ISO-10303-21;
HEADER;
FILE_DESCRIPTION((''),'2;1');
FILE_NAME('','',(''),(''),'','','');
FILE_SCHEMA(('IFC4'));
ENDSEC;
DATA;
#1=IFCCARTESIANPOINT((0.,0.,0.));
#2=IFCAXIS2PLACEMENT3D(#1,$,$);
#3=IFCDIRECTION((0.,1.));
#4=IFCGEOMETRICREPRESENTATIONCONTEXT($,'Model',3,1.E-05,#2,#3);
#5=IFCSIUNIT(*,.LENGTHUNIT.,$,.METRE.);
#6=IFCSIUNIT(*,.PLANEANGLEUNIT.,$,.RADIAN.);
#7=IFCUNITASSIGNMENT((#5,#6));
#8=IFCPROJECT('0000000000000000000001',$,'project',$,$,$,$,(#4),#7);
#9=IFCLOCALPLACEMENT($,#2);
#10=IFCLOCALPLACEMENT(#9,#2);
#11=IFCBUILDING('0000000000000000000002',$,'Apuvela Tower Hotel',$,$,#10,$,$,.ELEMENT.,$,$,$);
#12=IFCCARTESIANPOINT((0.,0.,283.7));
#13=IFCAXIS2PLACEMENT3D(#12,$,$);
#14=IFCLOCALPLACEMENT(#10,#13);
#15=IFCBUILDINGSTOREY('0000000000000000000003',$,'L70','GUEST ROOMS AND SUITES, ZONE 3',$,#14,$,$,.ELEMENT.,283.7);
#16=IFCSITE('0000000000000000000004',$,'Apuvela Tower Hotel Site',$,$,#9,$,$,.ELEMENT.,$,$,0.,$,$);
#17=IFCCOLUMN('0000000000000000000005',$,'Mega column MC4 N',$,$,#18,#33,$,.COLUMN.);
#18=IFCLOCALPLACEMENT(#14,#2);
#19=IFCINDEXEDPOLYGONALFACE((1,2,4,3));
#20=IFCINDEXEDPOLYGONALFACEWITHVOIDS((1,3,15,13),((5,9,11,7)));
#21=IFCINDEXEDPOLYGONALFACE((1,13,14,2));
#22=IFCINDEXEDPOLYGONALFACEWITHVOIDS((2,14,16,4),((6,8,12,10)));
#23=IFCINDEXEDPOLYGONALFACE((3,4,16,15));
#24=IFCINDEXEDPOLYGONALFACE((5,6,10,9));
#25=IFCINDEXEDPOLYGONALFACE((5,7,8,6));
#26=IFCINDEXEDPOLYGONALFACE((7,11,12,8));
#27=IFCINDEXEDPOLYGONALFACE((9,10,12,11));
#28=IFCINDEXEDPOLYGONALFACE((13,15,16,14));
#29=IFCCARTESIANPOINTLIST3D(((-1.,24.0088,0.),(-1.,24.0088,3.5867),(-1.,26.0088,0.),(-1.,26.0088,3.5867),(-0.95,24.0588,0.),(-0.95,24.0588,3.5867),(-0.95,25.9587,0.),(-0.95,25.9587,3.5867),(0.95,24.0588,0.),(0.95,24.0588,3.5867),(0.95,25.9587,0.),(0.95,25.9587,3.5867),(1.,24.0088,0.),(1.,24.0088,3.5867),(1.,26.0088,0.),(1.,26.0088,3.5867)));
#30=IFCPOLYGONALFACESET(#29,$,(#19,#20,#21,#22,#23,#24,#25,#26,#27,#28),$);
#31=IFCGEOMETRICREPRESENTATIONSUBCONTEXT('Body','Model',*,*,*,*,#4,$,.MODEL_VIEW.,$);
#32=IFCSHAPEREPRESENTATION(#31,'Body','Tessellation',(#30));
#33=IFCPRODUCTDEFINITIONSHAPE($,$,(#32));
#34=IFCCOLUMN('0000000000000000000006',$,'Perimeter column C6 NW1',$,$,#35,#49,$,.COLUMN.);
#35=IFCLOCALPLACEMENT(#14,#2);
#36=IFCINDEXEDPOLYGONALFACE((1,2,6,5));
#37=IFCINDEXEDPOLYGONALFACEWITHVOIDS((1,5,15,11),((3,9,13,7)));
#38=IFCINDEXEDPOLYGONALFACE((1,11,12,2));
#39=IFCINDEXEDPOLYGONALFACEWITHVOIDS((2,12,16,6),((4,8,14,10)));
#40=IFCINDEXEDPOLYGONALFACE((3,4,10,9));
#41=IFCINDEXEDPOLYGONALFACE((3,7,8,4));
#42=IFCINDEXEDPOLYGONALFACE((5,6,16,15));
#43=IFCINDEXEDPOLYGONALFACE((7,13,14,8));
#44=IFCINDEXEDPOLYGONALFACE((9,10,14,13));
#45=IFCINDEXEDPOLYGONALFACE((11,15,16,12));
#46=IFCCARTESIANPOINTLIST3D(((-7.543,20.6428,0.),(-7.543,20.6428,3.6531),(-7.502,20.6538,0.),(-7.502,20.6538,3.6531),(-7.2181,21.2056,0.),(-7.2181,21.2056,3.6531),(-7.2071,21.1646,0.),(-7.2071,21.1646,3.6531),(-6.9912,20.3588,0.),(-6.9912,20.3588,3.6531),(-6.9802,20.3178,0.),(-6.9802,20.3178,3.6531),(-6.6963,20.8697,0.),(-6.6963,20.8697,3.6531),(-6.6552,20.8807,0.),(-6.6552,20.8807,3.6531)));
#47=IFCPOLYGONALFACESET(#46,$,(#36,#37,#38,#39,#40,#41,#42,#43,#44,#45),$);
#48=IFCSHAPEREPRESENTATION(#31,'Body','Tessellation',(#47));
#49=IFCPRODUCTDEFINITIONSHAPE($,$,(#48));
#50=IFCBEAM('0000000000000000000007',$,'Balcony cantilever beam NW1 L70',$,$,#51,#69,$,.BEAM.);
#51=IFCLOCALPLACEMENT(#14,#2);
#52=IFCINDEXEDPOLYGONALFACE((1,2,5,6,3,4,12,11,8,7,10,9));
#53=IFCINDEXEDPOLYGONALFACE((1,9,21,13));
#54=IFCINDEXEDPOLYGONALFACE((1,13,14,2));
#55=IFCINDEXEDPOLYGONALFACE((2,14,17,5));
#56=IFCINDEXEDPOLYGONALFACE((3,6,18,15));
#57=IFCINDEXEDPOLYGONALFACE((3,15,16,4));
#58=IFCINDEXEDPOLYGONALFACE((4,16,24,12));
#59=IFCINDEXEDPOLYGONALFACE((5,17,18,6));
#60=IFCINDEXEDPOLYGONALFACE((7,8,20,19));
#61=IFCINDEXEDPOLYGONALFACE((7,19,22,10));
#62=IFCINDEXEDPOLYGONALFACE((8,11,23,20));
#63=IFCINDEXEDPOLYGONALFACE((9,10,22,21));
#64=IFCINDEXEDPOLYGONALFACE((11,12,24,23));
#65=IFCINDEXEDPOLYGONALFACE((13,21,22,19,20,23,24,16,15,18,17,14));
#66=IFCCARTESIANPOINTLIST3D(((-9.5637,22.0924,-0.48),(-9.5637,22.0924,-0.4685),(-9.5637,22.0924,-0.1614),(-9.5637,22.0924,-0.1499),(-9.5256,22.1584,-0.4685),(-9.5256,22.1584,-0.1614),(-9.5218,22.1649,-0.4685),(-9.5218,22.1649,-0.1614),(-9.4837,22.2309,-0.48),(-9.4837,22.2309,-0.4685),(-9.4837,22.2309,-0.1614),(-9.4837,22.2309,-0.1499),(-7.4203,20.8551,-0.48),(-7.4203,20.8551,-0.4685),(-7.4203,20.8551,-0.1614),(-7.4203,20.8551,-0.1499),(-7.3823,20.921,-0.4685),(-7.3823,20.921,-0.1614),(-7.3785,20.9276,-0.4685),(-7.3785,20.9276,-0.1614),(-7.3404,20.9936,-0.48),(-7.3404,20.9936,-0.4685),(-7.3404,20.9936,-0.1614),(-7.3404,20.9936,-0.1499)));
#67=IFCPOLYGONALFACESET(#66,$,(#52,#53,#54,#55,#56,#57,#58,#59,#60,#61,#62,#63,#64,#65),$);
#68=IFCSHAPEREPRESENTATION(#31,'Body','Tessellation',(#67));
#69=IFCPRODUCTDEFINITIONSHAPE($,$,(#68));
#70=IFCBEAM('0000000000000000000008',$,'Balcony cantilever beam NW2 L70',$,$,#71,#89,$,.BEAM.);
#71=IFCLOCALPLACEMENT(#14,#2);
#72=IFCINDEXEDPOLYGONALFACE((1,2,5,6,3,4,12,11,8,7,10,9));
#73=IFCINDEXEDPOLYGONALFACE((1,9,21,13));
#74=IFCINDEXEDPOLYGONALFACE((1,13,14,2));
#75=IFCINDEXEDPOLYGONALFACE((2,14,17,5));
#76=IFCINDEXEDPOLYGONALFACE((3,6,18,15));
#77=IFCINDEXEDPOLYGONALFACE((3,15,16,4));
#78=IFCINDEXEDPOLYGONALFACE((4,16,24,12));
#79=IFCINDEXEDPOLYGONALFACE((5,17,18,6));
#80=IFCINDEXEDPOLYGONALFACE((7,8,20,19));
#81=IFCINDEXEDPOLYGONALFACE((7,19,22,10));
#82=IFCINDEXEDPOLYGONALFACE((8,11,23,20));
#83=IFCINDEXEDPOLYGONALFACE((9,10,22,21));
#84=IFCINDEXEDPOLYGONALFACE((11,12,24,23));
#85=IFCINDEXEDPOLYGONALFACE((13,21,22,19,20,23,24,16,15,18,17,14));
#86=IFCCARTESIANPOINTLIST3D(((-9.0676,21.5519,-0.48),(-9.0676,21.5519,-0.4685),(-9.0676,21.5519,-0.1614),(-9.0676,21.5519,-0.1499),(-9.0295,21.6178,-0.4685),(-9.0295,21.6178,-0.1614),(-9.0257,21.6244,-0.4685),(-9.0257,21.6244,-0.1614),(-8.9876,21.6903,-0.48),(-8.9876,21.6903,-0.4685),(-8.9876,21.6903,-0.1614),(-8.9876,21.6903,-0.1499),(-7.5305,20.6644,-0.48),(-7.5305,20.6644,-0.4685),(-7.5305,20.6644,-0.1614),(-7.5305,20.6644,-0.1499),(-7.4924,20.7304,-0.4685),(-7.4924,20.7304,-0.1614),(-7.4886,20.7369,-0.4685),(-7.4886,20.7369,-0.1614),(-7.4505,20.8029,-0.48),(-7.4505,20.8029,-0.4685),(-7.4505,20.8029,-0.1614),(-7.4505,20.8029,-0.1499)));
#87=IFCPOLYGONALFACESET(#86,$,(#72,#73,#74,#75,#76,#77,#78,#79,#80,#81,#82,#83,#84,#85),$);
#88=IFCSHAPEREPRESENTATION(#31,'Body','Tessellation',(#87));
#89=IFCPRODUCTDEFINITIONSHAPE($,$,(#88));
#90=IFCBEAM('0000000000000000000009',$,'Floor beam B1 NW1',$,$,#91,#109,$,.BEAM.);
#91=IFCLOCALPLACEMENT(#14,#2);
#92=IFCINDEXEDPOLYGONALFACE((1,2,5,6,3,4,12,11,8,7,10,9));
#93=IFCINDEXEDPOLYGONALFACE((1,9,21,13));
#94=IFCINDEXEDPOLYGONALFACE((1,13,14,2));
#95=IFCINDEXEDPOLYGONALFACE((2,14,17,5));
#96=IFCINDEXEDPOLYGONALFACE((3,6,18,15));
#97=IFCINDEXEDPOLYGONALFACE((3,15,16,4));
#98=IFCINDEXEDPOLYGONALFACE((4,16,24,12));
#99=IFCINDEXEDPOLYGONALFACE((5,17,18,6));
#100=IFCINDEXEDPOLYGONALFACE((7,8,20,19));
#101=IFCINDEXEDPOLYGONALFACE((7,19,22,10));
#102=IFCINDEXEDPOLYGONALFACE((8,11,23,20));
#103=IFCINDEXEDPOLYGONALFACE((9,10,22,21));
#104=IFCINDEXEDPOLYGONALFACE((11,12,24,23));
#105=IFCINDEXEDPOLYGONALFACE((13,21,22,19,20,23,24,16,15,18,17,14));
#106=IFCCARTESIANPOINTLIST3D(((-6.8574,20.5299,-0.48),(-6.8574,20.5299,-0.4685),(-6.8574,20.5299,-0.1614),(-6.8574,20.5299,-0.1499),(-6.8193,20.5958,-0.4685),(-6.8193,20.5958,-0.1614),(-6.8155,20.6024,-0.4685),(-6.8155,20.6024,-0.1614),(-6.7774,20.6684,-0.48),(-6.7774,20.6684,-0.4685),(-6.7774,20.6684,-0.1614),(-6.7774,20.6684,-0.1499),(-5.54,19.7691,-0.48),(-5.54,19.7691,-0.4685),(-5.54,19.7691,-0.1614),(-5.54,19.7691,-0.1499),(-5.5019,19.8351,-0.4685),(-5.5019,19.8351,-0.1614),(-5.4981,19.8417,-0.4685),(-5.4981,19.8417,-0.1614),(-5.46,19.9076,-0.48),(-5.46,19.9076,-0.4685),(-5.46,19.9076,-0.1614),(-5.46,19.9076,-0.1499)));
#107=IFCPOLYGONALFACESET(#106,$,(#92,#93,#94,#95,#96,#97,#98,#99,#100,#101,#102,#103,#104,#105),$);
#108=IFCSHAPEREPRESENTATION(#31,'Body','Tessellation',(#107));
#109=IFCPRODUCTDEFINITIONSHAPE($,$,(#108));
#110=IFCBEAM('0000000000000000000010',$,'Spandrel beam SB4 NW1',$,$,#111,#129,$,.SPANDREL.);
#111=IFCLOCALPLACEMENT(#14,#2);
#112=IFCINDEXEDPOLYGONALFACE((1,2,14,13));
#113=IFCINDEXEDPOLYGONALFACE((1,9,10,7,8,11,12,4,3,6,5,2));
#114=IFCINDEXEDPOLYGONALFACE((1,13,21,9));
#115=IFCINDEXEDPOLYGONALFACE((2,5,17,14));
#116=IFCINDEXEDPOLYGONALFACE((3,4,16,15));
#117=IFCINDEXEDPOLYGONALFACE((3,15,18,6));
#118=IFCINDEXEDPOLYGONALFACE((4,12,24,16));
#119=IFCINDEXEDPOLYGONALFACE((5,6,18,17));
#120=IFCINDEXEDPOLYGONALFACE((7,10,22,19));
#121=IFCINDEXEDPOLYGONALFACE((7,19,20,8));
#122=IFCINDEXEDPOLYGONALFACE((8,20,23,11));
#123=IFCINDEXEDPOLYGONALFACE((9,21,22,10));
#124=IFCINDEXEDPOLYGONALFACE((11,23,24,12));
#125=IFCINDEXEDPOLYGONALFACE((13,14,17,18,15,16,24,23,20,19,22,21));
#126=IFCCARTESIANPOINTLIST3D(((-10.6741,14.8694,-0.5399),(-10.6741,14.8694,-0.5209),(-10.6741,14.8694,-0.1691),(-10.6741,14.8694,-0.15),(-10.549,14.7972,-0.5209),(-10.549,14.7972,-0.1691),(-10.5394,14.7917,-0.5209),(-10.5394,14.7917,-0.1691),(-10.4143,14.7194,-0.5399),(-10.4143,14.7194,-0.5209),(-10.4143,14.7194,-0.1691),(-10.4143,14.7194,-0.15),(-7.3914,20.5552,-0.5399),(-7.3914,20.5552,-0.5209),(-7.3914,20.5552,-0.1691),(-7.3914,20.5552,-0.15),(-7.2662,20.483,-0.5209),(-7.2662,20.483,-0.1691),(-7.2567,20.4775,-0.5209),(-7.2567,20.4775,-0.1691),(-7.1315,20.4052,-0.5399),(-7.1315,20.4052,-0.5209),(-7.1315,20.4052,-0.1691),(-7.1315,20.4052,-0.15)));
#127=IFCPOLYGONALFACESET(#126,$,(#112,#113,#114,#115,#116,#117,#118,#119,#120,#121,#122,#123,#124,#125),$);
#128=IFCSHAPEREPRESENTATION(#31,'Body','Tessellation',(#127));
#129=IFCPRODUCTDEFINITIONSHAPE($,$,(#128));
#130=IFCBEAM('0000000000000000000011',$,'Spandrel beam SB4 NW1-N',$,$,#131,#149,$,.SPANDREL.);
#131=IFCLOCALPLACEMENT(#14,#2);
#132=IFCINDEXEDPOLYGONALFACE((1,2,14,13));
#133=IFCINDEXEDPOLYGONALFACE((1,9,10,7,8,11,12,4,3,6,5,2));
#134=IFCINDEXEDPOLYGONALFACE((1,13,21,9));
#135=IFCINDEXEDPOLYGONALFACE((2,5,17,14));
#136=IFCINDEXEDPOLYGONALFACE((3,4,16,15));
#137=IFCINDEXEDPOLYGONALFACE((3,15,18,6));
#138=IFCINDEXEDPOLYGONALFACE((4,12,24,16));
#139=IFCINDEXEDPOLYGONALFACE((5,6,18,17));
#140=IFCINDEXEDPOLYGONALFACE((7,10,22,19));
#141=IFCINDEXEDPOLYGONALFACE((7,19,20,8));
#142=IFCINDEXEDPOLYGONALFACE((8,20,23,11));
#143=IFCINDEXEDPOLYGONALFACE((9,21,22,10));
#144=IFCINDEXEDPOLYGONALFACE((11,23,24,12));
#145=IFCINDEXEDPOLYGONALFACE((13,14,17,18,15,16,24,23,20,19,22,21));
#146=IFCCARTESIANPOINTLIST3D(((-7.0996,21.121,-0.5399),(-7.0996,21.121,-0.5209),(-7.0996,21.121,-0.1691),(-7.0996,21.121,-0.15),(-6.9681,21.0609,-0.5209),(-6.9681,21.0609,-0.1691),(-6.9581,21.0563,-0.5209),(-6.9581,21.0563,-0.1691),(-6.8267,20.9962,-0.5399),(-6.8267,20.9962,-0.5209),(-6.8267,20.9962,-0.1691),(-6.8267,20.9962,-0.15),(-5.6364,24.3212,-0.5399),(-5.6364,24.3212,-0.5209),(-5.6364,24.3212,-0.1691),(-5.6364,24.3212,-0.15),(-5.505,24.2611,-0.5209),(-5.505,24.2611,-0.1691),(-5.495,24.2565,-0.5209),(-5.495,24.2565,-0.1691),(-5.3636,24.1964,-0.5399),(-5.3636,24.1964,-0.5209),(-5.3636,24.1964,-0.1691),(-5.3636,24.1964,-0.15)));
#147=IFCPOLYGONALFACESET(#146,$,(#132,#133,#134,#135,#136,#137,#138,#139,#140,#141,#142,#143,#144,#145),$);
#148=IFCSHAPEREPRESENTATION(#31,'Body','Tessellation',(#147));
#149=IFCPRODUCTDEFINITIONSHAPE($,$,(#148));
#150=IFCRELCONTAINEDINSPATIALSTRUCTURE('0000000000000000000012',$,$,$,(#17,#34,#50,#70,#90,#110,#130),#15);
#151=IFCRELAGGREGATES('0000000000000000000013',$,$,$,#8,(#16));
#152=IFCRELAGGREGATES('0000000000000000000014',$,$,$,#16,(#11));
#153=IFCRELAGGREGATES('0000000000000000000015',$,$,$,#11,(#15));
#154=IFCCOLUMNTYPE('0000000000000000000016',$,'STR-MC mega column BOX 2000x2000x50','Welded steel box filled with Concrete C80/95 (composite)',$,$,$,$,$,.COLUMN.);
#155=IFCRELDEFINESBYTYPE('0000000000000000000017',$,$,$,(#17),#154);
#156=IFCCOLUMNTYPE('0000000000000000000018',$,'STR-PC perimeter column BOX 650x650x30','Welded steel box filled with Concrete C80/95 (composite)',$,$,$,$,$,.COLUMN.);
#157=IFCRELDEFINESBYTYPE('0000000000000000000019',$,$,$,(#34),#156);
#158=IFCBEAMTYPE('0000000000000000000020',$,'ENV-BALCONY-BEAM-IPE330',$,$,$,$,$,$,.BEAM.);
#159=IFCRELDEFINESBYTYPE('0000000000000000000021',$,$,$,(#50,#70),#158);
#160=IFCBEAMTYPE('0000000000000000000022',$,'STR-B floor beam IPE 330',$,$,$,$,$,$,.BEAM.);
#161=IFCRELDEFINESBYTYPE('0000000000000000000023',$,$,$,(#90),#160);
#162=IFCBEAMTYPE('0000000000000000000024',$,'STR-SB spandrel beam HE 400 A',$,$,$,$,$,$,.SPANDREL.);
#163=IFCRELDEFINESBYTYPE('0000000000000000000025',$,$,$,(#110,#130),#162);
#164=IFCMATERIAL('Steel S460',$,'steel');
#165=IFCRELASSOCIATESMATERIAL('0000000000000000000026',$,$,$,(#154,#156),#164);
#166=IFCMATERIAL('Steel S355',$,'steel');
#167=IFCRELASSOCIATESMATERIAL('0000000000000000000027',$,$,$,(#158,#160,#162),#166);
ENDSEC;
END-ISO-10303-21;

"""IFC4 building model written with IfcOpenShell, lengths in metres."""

from ifc_helpers import new_model, si_unit, direction, frame, origin, origin_2d, place, context, subcontext, project, spatial, rectangle, hollow_rectangle, i_section, extrude, boolean, halfspace, material, material_profile, profile_set, type_object, element, save


model = new_model("IFC4")

# Units and contexts
model_context = context("Model", 3, precision=1e-05, world=origin(), true_north=direction((0.0, 1.0)))
body_context = subcontext(model_context, "Body", "Model", "MODEL_VIEW")
ifc_project = project(units=[si_unit("LENGTHUNIT", "METRE"), si_unit("PLANEANGLEUNIT", "RADIAN")], contexts=[model_context])

# Site, building, storey
site_placement = place(None, origin())
site = spatial("IfcSite", under=ifc_project, at=site_placement, Name="Apuvela Tower Hotel Site", CompositionType="ELEMENT", RefElevation=0.0)
building_placement = place(site_placement, origin())
building = spatial("IfcBuilding", under=site, at=building_placement, Name="Apuvela Tower Hotel", CompositionType="ELEMENT")
storey_placement = place(building_placement, frame((0.0, 0.0, 283.7)))
storey = spatial("IfcBuildingStorey", under=building, at=storey_placement, Name="L70", Description="GUEST ROOMS AND SUITES, ZONE 3", CompositionType="ELEMENT", Elevation=283.7)

# Columns
ifc_material_1 = material(Name="Steel S460", Category="steel")
ifc_material_profile_1 = material_profile(ifc_material_1, hollow_rectangle(XDim=2.0, YDim=2.0, WallThickness=0.05, at=origin_2d()), Name="BOX 2000x2000x50")
ifc_material_2 = material(Name="Concrete C80/95", Category="concrete")
ifc_material_profile_2 = material_profile(ifc_material_2, rectangle(XDim=1.8999, YDim=1.8999, at=origin_2d()), Name="Concrete C80/95 infill")
ifc_profile_set_1 = profile_set([ifc_material_profile_1, ifc_material_profile_2], Name="Steel S460")
column_type_1 = type_object("IfcColumnType", Name="STR-MC mega column BOX 2000x2000x50", Description="Welded steel box filled with Concrete C80/95 (composite)", PredefinedType="COLUMN", material=ifc_profile_set_1)
column_1_placement = place(storey_placement, frame((0.0, 25.0088, 0.0), z_axis=(0.0, 0.0, 1.0), x_axis=(1.0, 0.0, 0.0)))
element("IfcColumn", 1, at=column_1_placement, inside=storey, type_object=column_type_1, Name="Mega column MC4 N", PredefinedType="COLUMN", context=body_context, shape_type="SweptSolid", body=[
    boolean("DIFFERENCE", extrude(hollow_rectangle(XDim=2.0, YDim=2.0, WallThickness=0.05, at=origin_2d()), origin(), (0.0, 0.0, 1.0), 3.7), halfspace(frame((0.0, 0.0, 3.5867), z_axis=(0.0, 0.0, 1.0), x_axis=(1.0, 0.0, 0.0)), False)),
])
ifc_material_profile_3 = material_profile(ifc_material_1, hollow_rectangle(XDim=0.6499, YDim=0.6499, WallThickness=0.03, at=origin_2d()), Name="BOX 650x650x30")
ifc_material_profile_4 = material_profile(ifc_material_2, rectangle(XDim=0.5901, YDim=0.5901, at=origin_2d()), Name="Concrete C80/95 infill")
ifc_profile_set_2 = profile_set([ifc_material_profile_3, ifc_material_profile_4], Name="Steel S460")
column_type_2 = type_object("IfcColumnType", Name="STR-PC perimeter column BOX 650x650x30", Description="Welded steel box filled with Concrete C80/95 (composite)", PredefinedType="COLUMN", material=ifc_profile_set_2)
column_2_placement = place(storey_placement, frame((-7.0991, 20.7617, 0.0), z_axis=(0.0, 0.0, 1.0), x_axis=(0.5, 0.866025, 0.0)))
element("IfcColumn", 2, at=column_2_placement, inside=storey, type_object=column_type_2, Name="Perimeter column C6 NW1", PredefinedType="COLUMN", context=body_context, shape_type="SweptSolid", body=[
    boolean("DIFFERENCE", extrude(hollow_rectangle(XDim=0.6499, YDim=0.6499, WallThickness=0.03, at=origin_2d()), origin(), (0.0, 0.0, 1.0), 3.7), halfspace(frame((0.0, 0.0, 3.6531), z_axis=(0.0, 0.0, 1.0), x_axis=(1.0, 0.0, 0.0)), False)),
])

# Beams
ifc_material_3 = material(Name="Steel S355", Category="steel")
ifc_material_profile_5 = material_profile(ifc_material_3, i_section(OverallWidth=0.1599, OverallDepth=0.3301, WebThickness=0.0076, FlangeThickness=0.0115, at=origin_2d()), Name="IPE 330")
ifc_profile_set_3 = profile_set([ifc_material_profile_5], Name="Steel S355")
beam_type_1 = type_object("IfcBeamType", Name="ENV-BALCONY-BEAM-IPE330", PredefinedType="BEAM", material=ifc_profile_set_3)
beam_1_placement = place(storey_placement, frame((-7.3804, 20.9243, -0.3149), z_axis=(-0.866049, 0.499959, 0.0), x_axis=(-0.499959, -0.866049, 0.0)))
element("IfcBeam", 3, at=beam_1_placement, inside=storey, type_object=beam_type_1, Name="Balcony cantilever beam NW1 L70", PredefinedType="BEAM", context=body_context, shape_type="SweptSolid", body=[
    extrude(i_section(OverallWidth=0.1599, OverallDepth=0.3301, WebThickness=0.0076, FlangeThickness=0.0115, at=origin_2d()), origin(), (0.0, 0.0, 1.0), 2.4749),
])
beam_2_placement = place(storey_placement, frame((-7.4905, 20.7336, -0.3149), z_axis=(-0.866025, 0.5, 0.0), x_axis=(-0.5, -0.866025, 0.0)))
element("IfcBeam", 4, at=beam_2_placement, inside=storey, type_object=beam_type_1, Name="Balcony cantilever beam NW2 L70", PredefinedType="BEAM", context=body_context, shape_type="SweptSolid", body=[
    extrude(i_section(OverallWidth=0.1599, OverallDepth=0.3301, WebThickness=0.0076, FlangeThickness=0.0115, at=origin_2d()), origin(), (0.0, 0.0, 1.0), 1.7749),
])
ifc_material_profile_6 = material_profile(ifc_material_3, i_section(OverallWidth=0.1599, OverallDepth=0.3301, WebThickness=0.0076, FlangeThickness=0.0115, at=origin_2d()), Name="IPE 330")
ifc_profile_set_4 = profile_set([ifc_material_profile_6], Name="Steel S355")
beam_type_2 = type_object("IfcBeamType", Name="STR-B floor beam IPE 330", PredefinedType="BEAM", material=ifc_profile_set_4)
beam_3_placement = place(storey_placement, frame((-6.8174, 20.5991, -0.3149), z_axis=(0.865982, -0.500074, 0.0), x_axis=(0.500074, 0.865982, 0.0)))
element("IfcBeam", 5, at=beam_3_placement, inside=storey, type_object=beam_type_2, Name="Floor beam B1 NW1", PredefinedType="BEAM", context=body_context, shape_type="SweptSolid", body=[
    extrude(i_section(OverallWidth=0.1599, OverallDepth=0.3301, WebThickness=0.0076, FlangeThickness=0.0115, at=origin_2d()), origin(), (0.0, 0.0, 1.0), 1.5212),
])
ifc_material_profile_7 = material_profile(ifc_material_3, i_section(OverallWidth=0.3, OverallDepth=0.3899, WebThickness=0.011, FlangeThickness=0.019, at=origin_2d()), Name="HE 400 A")
ifc_profile_set_5 = profile_set([ifc_material_profile_7], Name="Steel S355")
beam_type_3 = type_object("IfcBeamType", Name="STR-SB spandrel beam HE 400 A", PredefinedType="SPANDREL", material=ifc_profile_set_5)
beam_4_placement = place(storey_placement, frame((-7.2615, 20.4802, -0.345), z_axis=(-0.500002, -0.866024, 0.0), x_axis=(0.866024, -0.500002, 0.0)))
element("IfcBeam", 6, at=beam_4_placement, inside=storey, type_object=beam_type_3, Name="Spandrel beam SB4 NW1", PredefinedType="SPANDREL", context=body_context, shape_type="SweptSolid", body=[
    extrude(i_section(OverallWidth=0.3, OverallDepth=0.3899, WebThickness=0.011, FlangeThickness=0.019, at=origin_2d()), origin(), (0.0, 0.0, 1.0), 6.5654),
])
beam_5_placement = place(storey_placement, frame((-6.9631, 21.0586, -0.345), z_axis=(0.415804, 0.909454, 0.0), x_axis=(-0.909454, 0.415804, 0.0)))
element("IfcBeam", 7, at=beam_5_placement, inside=storey, type_object=beam_type_3, Name="Spandrel beam SB4 NW1-N", PredefinedType="SPANDREL", context=body_context, shape_type="SweptSolid", body=[
    extrude(i_section(OverallWidth=0.3, OverallDepth=0.3899, WebThickness=0.011, FlangeThickness=0.019, at=origin_2d()), origin(), (0.0, 0.0, 1.0), 3.5188),
])

save(model, "model.ifc")
